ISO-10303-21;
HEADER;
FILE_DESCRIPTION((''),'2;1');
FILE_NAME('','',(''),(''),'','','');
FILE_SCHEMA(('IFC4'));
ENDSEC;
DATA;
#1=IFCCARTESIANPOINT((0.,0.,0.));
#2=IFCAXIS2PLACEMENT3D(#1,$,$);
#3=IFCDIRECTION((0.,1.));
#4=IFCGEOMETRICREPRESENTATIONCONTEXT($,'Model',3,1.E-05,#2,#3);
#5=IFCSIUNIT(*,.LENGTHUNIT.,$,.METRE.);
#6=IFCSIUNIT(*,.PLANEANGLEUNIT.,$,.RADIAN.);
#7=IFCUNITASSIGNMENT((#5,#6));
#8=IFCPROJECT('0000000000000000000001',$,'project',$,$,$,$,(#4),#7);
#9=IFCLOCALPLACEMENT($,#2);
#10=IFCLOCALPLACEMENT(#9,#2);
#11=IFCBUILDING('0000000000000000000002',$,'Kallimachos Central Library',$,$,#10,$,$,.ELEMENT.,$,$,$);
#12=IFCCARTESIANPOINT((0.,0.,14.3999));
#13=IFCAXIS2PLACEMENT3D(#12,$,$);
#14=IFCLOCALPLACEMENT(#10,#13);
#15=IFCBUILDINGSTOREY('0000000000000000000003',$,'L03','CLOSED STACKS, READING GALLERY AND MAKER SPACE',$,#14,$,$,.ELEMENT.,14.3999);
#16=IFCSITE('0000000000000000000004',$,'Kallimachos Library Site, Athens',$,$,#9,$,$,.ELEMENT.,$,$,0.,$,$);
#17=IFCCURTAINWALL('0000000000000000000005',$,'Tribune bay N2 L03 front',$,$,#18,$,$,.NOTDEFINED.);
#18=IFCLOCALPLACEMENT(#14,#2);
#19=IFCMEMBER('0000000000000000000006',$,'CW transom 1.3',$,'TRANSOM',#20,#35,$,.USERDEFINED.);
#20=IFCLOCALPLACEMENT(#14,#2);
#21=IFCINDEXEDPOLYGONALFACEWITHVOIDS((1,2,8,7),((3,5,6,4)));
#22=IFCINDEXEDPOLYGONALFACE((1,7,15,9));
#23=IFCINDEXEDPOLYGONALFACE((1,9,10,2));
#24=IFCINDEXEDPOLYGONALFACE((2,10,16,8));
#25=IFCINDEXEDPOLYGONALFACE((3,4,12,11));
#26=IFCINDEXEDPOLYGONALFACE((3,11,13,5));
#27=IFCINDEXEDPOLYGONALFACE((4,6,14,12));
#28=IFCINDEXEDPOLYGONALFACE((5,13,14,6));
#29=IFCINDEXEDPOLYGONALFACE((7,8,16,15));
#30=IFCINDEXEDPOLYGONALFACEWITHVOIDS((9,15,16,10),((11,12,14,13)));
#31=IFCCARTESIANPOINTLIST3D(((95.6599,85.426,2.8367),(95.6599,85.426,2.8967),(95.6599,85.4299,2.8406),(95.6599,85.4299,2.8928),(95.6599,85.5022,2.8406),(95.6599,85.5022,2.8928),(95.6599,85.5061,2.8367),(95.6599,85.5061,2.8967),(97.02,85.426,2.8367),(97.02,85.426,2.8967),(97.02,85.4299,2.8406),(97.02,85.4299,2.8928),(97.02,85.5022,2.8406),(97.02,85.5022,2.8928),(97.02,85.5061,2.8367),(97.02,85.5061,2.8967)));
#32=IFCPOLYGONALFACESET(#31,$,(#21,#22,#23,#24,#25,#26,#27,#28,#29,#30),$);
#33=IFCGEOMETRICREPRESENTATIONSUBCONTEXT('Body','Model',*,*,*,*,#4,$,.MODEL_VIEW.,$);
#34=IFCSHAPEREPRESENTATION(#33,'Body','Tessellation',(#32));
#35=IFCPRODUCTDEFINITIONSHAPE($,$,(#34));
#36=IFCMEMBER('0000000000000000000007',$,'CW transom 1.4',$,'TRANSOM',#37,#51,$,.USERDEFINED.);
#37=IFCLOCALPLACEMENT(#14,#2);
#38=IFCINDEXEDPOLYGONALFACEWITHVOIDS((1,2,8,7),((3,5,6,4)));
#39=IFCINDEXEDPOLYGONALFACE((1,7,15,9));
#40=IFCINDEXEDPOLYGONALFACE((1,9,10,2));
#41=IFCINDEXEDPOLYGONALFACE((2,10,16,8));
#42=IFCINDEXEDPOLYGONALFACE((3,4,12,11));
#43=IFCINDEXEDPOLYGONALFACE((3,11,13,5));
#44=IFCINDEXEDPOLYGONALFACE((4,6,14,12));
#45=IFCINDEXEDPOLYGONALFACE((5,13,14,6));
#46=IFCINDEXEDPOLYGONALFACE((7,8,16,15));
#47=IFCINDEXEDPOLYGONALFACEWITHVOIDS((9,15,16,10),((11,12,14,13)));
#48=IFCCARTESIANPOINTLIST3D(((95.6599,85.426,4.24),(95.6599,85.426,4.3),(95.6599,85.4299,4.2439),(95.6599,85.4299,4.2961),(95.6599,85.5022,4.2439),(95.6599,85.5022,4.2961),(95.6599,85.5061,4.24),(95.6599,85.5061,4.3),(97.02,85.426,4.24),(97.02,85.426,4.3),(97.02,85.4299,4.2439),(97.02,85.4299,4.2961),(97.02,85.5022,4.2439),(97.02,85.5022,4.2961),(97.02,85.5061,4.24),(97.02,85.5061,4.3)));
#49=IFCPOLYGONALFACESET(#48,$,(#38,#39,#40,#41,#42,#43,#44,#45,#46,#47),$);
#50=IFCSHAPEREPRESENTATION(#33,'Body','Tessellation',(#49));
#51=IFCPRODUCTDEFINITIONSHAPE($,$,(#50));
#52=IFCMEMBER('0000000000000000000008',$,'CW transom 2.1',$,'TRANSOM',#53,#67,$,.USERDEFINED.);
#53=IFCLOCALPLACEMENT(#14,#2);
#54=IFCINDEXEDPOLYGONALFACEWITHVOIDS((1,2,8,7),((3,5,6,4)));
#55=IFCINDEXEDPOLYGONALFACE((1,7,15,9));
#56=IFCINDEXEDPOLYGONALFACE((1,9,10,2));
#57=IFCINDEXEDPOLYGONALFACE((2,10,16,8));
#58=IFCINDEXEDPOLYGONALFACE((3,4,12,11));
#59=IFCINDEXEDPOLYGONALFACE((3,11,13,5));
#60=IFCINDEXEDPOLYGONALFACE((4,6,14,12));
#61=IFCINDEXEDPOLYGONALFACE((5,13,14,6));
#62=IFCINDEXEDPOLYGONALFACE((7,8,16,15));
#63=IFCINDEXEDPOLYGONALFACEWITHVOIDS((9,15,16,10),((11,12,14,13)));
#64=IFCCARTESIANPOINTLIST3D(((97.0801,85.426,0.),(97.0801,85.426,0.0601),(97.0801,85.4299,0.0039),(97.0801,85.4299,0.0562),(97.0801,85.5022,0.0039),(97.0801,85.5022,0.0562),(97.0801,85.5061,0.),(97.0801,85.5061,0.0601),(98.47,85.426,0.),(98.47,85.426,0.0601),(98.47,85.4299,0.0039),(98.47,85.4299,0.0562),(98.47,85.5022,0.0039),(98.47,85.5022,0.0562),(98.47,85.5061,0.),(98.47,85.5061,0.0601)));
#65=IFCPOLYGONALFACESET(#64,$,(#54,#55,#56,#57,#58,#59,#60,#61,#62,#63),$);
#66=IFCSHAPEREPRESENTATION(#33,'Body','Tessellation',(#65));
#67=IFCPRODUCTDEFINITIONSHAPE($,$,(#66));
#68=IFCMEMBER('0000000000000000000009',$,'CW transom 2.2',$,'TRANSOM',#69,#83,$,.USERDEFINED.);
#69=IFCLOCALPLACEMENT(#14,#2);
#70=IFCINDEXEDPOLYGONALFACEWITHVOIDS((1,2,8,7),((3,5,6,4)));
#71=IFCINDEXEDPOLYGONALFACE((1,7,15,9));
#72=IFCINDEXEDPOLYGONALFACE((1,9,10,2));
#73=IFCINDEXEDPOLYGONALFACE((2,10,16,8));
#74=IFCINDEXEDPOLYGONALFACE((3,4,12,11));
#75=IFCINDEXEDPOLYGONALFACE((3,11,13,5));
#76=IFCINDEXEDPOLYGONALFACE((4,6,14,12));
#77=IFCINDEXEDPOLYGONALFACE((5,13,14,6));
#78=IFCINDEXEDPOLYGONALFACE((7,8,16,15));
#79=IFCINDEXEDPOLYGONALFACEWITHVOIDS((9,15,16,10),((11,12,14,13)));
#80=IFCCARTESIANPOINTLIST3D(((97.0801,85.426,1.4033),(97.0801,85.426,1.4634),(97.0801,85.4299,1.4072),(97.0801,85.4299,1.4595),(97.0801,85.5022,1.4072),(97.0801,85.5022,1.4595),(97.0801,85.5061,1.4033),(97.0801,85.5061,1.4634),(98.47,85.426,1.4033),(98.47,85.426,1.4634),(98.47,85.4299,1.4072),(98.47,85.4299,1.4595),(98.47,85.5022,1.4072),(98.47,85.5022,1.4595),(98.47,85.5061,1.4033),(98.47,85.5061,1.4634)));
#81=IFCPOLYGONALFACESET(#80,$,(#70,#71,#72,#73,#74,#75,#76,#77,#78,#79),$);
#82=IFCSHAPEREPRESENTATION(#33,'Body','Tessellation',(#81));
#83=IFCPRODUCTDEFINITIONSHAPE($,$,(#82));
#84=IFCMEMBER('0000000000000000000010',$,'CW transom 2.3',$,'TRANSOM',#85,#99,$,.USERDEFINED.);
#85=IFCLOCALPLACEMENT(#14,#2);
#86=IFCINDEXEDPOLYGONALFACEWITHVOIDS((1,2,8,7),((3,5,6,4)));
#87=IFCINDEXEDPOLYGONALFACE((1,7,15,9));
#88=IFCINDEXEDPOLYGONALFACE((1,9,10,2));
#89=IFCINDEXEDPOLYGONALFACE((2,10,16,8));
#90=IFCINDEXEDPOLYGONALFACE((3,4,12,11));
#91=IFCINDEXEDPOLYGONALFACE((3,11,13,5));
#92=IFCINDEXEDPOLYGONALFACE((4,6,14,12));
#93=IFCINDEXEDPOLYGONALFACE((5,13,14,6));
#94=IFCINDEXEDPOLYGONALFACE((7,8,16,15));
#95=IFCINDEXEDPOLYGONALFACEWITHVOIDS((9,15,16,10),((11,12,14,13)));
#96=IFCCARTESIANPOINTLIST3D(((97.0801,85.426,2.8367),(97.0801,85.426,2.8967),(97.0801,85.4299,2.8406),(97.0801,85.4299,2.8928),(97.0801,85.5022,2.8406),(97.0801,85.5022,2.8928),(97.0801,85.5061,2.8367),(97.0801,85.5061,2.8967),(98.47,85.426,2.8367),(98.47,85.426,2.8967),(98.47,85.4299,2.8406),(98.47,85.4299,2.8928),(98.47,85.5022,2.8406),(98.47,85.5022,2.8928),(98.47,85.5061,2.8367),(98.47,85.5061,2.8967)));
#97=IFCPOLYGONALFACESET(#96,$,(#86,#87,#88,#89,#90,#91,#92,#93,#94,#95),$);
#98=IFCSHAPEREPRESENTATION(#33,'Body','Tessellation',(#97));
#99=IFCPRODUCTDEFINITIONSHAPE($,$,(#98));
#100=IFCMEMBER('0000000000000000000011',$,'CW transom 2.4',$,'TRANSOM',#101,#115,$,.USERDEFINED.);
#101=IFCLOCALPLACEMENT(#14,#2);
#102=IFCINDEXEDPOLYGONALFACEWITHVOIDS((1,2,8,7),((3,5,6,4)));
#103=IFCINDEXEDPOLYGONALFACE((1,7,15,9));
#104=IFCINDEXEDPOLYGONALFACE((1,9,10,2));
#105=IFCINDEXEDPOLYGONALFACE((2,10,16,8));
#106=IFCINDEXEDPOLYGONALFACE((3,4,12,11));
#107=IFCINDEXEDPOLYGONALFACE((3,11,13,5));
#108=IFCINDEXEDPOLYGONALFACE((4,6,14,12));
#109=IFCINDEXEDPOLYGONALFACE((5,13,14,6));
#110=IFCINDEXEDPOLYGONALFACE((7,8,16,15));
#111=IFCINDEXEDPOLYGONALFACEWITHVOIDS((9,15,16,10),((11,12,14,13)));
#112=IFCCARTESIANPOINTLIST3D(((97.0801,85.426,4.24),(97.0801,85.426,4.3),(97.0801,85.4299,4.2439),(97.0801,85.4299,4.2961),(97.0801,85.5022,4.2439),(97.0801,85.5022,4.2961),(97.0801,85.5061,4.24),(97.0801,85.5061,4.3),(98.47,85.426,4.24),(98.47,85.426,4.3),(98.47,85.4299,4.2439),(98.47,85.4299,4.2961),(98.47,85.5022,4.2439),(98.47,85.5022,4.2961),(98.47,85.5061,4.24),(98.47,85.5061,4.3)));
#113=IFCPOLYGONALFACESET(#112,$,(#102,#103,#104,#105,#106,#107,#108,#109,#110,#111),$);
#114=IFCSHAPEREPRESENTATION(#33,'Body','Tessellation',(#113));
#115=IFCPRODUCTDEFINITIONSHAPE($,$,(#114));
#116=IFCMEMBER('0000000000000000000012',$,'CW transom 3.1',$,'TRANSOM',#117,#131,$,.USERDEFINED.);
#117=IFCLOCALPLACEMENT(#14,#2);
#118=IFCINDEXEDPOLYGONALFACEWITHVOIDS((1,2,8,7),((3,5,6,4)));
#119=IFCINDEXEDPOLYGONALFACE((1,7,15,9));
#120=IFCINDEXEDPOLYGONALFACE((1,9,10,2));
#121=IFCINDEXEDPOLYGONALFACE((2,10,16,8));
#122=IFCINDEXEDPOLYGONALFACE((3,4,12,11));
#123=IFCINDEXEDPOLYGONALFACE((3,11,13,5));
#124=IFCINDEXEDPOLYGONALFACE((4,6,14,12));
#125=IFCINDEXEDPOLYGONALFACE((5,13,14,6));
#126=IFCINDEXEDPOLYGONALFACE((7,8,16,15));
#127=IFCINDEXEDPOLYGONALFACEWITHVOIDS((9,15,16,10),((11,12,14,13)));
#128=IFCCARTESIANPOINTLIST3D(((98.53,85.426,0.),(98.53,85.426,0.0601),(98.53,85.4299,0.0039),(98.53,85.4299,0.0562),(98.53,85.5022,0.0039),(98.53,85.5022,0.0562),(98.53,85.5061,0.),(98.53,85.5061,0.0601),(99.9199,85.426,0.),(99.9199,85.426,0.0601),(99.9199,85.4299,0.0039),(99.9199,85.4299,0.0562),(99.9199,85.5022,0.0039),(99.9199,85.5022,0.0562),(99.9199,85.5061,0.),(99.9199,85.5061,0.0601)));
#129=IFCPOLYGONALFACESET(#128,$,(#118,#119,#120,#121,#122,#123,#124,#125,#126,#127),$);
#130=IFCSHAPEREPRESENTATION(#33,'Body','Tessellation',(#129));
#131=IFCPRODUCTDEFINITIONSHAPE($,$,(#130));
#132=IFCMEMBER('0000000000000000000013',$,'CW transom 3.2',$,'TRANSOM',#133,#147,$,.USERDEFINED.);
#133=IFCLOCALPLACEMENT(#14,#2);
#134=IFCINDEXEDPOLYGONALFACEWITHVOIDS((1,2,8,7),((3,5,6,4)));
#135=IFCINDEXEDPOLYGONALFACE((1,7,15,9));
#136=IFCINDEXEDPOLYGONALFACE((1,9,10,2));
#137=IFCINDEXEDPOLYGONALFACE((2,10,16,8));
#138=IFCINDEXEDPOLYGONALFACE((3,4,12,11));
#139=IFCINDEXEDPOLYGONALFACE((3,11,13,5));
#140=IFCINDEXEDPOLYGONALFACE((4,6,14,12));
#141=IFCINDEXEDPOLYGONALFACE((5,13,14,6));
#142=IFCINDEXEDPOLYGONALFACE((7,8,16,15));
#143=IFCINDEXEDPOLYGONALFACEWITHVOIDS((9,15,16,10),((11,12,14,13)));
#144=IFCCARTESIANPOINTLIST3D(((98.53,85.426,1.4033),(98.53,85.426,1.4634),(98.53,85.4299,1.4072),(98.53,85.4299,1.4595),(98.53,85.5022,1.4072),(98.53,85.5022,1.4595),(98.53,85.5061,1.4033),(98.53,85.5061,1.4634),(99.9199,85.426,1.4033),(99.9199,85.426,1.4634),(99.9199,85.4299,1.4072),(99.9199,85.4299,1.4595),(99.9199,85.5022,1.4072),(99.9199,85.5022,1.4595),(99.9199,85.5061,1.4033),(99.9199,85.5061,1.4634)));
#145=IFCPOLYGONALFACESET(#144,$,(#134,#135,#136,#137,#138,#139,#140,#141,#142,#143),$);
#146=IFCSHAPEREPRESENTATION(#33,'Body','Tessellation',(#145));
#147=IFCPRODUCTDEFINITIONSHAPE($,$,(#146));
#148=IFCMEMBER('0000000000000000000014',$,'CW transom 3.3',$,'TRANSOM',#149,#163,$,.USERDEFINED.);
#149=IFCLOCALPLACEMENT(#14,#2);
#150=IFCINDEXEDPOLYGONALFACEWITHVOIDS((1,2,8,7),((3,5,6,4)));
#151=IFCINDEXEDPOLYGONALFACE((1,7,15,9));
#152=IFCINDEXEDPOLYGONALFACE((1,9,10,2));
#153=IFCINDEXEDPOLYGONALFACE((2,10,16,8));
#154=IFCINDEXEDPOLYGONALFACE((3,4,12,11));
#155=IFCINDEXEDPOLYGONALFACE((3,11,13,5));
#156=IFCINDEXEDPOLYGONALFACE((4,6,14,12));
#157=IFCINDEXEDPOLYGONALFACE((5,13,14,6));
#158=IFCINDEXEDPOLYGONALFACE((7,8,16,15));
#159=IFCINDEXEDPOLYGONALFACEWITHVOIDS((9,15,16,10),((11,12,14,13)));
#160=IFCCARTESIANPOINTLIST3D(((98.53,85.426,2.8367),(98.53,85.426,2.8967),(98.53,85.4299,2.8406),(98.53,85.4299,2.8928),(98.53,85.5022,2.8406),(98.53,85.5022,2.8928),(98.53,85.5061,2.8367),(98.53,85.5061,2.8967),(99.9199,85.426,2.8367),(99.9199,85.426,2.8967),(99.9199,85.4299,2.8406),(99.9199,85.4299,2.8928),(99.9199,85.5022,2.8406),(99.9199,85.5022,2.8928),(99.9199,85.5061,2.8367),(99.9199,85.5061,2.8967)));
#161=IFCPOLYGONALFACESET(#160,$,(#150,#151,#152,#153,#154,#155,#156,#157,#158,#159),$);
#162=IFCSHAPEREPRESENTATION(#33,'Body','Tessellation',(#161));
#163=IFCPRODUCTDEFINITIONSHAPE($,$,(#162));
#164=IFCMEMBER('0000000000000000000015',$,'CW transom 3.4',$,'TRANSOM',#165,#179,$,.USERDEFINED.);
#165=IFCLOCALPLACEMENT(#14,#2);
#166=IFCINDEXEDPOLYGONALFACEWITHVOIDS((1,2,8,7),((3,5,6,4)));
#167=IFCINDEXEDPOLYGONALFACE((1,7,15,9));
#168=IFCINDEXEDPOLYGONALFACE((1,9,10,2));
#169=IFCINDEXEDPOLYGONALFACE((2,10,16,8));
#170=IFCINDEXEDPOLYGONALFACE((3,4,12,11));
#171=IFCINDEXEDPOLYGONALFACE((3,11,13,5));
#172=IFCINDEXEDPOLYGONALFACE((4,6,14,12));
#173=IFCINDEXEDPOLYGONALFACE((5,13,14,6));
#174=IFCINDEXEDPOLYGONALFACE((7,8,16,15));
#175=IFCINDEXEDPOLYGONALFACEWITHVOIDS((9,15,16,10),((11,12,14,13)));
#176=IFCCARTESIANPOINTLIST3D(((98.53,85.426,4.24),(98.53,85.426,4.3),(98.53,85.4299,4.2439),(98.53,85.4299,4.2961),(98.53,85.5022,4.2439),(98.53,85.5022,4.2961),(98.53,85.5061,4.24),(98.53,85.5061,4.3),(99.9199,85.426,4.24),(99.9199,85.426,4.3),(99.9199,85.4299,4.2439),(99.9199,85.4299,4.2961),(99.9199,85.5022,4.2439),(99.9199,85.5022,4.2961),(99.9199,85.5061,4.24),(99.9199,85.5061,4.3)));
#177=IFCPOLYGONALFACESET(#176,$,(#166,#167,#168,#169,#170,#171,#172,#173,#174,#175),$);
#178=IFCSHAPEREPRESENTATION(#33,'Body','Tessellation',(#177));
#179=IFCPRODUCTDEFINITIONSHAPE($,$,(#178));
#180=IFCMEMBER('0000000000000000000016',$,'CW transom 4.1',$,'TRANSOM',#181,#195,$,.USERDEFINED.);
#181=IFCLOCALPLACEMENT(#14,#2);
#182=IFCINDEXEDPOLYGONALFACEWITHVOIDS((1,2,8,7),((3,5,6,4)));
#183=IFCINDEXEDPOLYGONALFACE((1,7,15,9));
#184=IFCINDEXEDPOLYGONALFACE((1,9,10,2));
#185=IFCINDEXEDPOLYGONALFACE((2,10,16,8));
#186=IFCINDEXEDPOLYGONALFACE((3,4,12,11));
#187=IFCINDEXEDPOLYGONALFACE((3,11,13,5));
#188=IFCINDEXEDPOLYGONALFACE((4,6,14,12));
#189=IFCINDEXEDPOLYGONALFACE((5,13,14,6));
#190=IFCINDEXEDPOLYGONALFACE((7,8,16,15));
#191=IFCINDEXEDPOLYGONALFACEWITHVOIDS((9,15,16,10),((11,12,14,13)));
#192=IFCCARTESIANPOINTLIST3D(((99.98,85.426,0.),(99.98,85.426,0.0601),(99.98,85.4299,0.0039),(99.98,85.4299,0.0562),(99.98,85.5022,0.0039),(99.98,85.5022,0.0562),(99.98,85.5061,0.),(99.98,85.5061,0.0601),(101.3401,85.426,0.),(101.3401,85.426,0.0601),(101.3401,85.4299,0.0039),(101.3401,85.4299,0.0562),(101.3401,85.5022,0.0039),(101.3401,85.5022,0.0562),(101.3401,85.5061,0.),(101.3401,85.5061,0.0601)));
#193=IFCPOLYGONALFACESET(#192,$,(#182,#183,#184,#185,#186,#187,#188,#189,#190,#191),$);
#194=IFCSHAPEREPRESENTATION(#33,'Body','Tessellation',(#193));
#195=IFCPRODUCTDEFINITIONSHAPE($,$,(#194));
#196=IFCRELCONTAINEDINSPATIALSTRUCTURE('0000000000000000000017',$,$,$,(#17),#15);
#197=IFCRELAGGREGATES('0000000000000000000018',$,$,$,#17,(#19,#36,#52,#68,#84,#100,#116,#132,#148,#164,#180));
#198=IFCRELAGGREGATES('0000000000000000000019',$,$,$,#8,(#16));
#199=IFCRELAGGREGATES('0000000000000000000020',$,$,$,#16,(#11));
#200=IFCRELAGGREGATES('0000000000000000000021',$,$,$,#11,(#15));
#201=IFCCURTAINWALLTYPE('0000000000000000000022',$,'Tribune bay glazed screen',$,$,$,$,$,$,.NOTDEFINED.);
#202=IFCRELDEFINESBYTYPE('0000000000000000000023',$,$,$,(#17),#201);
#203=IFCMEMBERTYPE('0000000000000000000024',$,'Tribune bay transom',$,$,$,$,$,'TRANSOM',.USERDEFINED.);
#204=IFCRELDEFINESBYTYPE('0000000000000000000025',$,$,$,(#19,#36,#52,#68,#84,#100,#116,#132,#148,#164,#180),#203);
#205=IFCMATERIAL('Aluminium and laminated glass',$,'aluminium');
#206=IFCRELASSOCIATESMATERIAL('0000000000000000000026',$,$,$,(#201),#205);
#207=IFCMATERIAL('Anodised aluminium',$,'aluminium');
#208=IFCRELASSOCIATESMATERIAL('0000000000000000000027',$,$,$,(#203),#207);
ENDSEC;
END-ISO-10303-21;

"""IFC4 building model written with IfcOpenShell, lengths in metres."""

from ifc_helpers import new_model, si_unit, direction, frame, origin, origin_2d, place, context, subcontext, project, spatial, hollow_rectangle, extrude, material, material_profile, profile_set, type_object, element, aggregate, save


model = new_model("IFC4")

# Units and contexts
model_context = context("Model", 3, precision=1e-05, world=origin(), true_north=direction((0.0, 1.0)))
body_context = subcontext(model_context, "Body", "Model", "MODEL_VIEW")
ifc_project = project(units=[si_unit("LENGTHUNIT", "METRE"), si_unit("PLANEANGLEUNIT", "RADIAN")], contexts=[model_context])

# Site, building, storey
site_placement = place(None, origin())
site = spatial("IfcSite", under=ifc_project, at=site_placement, Name="Kallimachos Library Site, Athens", CompositionType="ELEMENT", RefElevation=0.0)
building_placement = place(site_placement, origin())
building = spatial("IfcBuilding", under=site, at=building_placement, Name="Kallimachos Central Library", CompositionType="ELEMENT")
storey_placement = place(building_placement, frame((0.0, 0.0, 14.3999)))
storey = spatial("IfcBuildingStorey", under=building, at=storey_placement, Name="L03", Description="CLOSED STACKS, READING GALLERY AND MAKER SPACE", CompositionType="ELEMENT", Elevation=14.3999)

# Curtain wall, members
ifc_material_1 = material(Name="Aluminium and laminated glass", Category="aluminium")
curtain_wall_type_1 = type_object("IfcCurtainWallType", Name="Tribune bay glazed screen", PredefinedType="NOTDEFINED", material=ifc_material_1)
curtain_wall_1_placement = place(storey_placement, origin())
curtain_wall_1 = element("IfcCurtainWall", 1, at=curtain_wall_1_placement, inside=storey, type_object=curtain_wall_type_1, Name="Tribune bay N2 L03 front", PredefinedType="NOTDEFINED")
ifc_material_2 = material(Name="Anodised aluminium", Category="aluminium")
ifc_material_profile_1 = material_profile(ifc_material_2, hollow_rectangle(XDim=0.0601, YDim=0.0801, WallThickness=0.0039, at=origin_2d()), Name="ALU TRANSOM 60x80")
ifc_profile_set_1 = profile_set([ifc_material_profile_1], Name="Anodised aluminium")
member_type_1 = type_object("IfcMemberType", Name="Tribune bay transom", ElementType="TRANSOM", PredefinedType="USERDEFINED", material=ifc_profile_set_1)
member_1_placement = place(storey_placement, frame((95.6599, 85.4661, 2.8667), z_axis=(1.0, 0.0, 0.0), x_axis=(0.0, 0.0, 1.0)))
member_1 = element("IfcMember", 2, at=member_1_placement, type_object=member_type_1, Name="CW transom 1.3", ObjectType="TRANSOM", PredefinedType="USERDEFINED", context=body_context, shape_type="SweptSolid", body=[
    extrude(hollow_rectangle(XDim=0.0601, YDim=0.0801, WallThickness=0.0039, at=origin_2d()), origin(), (0.0, 0.0, 1.0), 1.3601),
])
member_2_placement = place(storey_placement, frame((95.6599, 85.4661, 4.27), z_axis=(1.0, 0.0, 0.0), x_axis=(0.0, 0.0, 1.0)))
member_2 = element("IfcMember", 3, at=member_2_placement, type_object=member_type_1, Name="CW transom 1.4", ObjectType="TRANSOM", PredefinedType="USERDEFINED", context=body_context, shape_type="SweptSolid", body=[
    extrude(hollow_rectangle(XDim=0.0601, YDim=0.0801, WallThickness=0.0039, at=origin_2d()), origin(), (0.0, 0.0, 1.0), 1.3601),
])
member_3_placement = place(storey_placement, frame((97.0801, 85.4661, 0.03), z_axis=(1.0, 0.0, 0.0), x_axis=(0.0, 0.0, 1.0)))
member_3 = element("IfcMember", 4, at=member_3_placement, type_object=member_type_1, Name="CW transom 2.1", ObjectType="TRANSOM", PredefinedType="USERDEFINED", context=body_context, shape_type="SweptSolid", body=[
    extrude(hollow_rectangle(XDim=0.0601, YDim=0.0801, WallThickness=0.0039, at=origin_2d()), origin(), (0.0, 0.0, 1.0), 1.3899),
])
member_4_placement = place(storey_placement, frame((97.0801, 85.4661, 1.4333), z_axis=(1.0, 0.0, 0.0), x_axis=(0.0, 0.0, 1.0)))
member_4 = element("IfcMember", 5, at=member_4_placement, type_object=member_type_1, Name="CW transom 2.2", ObjectType="TRANSOM", PredefinedType="USERDEFINED", context=body_context, shape_type="SweptSolid", body=[
    extrude(hollow_rectangle(XDim=0.0601, YDim=0.0801, WallThickness=0.0039, at=origin_2d()), origin(), (0.0, 0.0, 1.0), 1.3899),
])
member_5_placement = place(storey_placement, frame((97.0801, 85.4661, 2.8667), z_axis=(1.0, 0.0, 0.0), x_axis=(0.0, 0.0, 1.0)))
member_5 = element("IfcMember", 6, at=member_5_placement, type_object=member_type_1, Name="CW transom 2.3", ObjectType="TRANSOM", PredefinedType="USERDEFINED", context=body_context, shape_type="SweptSolid", body=[
    extrude(hollow_rectangle(XDim=0.0601, YDim=0.0801, WallThickness=0.0039, at=origin_2d()), origin(), (0.0, 0.0, 1.0), 1.3899),
])
member_6_placement = place(storey_placement, frame((97.0801, 85.4661, 4.27), z_axis=(1.0, 0.0, 0.0), x_axis=(0.0, 0.0, 1.0)))
member_6 = element("IfcMember", 7, at=member_6_placement, type_object=member_type_1, Name="CW transom 2.4", ObjectType="TRANSOM", PredefinedType="USERDEFINED", context=body_context, shape_type="SweptSolid", body=[
    extrude(hollow_rectangle(XDim=0.0601, YDim=0.0801, WallThickness=0.0039, at=origin_2d()), origin(), (0.0, 0.0, 1.0), 1.3899),
])
member_7_placement = place(storey_placement, frame((98.53, 85.4661, 0.03), z_axis=(1.0, 0.0, 0.0), x_axis=(0.0, 0.0, 1.0)))
member_7 = element("IfcMember", 8, at=member_7_placement, type_object=member_type_1, Name="CW transom 3.1", ObjectType="TRANSOM", PredefinedType="USERDEFINED", context=body_context, shape_type="SweptSolid", body=[
    extrude(hollow_rectangle(XDim=0.0601, YDim=0.0801, WallThickness=0.0039, at=origin_2d()), origin(), (0.0, 0.0, 1.0), 1.3899),
])
member_8_placement = place(storey_placement, frame((98.53, 85.4661, 1.4333), z_axis=(1.0, 0.0, 0.0), x_axis=(0.0, 0.0, 1.0)))
member_8 = element("IfcMember", 9, at=member_8_placement, type_object=member_type_1, Name="CW transom 3.2", ObjectType="TRANSOM", PredefinedType="USERDEFINED", context=body_context, shape_type="SweptSolid", body=[
    extrude(hollow_rectangle(XDim=0.0601, YDim=0.0801, WallThickness=0.0039, at=origin_2d()), origin(), (0.0, 0.0, 1.0), 1.3899),
])
member_9_placement = place(storey_placement, frame((98.53, 85.4661, 2.8667), z_axis=(1.0, 0.0, 0.0), x_axis=(0.0, 0.0, 1.0)))
member_9 = element("IfcMember", 10, at=member_9_placement, type_object=member_type_1, Name="CW transom 3.3", ObjectType="TRANSOM", PredefinedType="USERDEFINED", context=body_context, shape_type="SweptSolid", body=[
    extrude(hollow_rectangle(XDim=0.0601, YDim=0.0801, WallThickness=0.0039, at=origin_2d()), origin(), (0.0, 0.0, 1.0), 1.3899),
])
member_10_placement = place(storey_placement, frame((98.53, 85.4661, 4.27), z_axis=(1.0, 0.0, 0.0), x_axis=(0.0, 0.0, 1.0)))
member_10 = element("IfcMember", 11, at=member_10_placement, type_object=member_type_1, Name="CW transom 3.4", ObjectType="TRANSOM", PredefinedType="USERDEFINED", context=body_context, shape_type="SweptSolid", body=[
    extrude(hollow_rectangle(XDim=0.0601, YDim=0.0801, WallThickness=0.0039, at=origin_2d()), origin(), (0.0, 0.0, 1.0), 1.3899),
])
member_11_placement = place(storey_placement, frame((99.98, 85.4661, 0.03), z_axis=(1.0, 0.0, 0.0), x_axis=(0.0, 0.0, 1.0)))
member_11 = element("IfcMember", 12, at=member_11_placement, type_object=member_type_1, Name="CW transom 4.1", ObjectType="TRANSOM", PredefinedType="USERDEFINED", context=body_context, shape_type="SweptSolid", body=[
    extrude(hollow_rectangle(XDim=0.0601, YDim=0.0801, WallThickness=0.0039, at=origin_2d()), origin(), (0.0, 0.0, 1.0), 1.3601),
])

aggregate(curtain_wall_1, [member_1, member_2, member_3, member_4, member_5, member_6, member_7, member_8, member_9, member_10, member_11])

save(model, "model.ifc")
